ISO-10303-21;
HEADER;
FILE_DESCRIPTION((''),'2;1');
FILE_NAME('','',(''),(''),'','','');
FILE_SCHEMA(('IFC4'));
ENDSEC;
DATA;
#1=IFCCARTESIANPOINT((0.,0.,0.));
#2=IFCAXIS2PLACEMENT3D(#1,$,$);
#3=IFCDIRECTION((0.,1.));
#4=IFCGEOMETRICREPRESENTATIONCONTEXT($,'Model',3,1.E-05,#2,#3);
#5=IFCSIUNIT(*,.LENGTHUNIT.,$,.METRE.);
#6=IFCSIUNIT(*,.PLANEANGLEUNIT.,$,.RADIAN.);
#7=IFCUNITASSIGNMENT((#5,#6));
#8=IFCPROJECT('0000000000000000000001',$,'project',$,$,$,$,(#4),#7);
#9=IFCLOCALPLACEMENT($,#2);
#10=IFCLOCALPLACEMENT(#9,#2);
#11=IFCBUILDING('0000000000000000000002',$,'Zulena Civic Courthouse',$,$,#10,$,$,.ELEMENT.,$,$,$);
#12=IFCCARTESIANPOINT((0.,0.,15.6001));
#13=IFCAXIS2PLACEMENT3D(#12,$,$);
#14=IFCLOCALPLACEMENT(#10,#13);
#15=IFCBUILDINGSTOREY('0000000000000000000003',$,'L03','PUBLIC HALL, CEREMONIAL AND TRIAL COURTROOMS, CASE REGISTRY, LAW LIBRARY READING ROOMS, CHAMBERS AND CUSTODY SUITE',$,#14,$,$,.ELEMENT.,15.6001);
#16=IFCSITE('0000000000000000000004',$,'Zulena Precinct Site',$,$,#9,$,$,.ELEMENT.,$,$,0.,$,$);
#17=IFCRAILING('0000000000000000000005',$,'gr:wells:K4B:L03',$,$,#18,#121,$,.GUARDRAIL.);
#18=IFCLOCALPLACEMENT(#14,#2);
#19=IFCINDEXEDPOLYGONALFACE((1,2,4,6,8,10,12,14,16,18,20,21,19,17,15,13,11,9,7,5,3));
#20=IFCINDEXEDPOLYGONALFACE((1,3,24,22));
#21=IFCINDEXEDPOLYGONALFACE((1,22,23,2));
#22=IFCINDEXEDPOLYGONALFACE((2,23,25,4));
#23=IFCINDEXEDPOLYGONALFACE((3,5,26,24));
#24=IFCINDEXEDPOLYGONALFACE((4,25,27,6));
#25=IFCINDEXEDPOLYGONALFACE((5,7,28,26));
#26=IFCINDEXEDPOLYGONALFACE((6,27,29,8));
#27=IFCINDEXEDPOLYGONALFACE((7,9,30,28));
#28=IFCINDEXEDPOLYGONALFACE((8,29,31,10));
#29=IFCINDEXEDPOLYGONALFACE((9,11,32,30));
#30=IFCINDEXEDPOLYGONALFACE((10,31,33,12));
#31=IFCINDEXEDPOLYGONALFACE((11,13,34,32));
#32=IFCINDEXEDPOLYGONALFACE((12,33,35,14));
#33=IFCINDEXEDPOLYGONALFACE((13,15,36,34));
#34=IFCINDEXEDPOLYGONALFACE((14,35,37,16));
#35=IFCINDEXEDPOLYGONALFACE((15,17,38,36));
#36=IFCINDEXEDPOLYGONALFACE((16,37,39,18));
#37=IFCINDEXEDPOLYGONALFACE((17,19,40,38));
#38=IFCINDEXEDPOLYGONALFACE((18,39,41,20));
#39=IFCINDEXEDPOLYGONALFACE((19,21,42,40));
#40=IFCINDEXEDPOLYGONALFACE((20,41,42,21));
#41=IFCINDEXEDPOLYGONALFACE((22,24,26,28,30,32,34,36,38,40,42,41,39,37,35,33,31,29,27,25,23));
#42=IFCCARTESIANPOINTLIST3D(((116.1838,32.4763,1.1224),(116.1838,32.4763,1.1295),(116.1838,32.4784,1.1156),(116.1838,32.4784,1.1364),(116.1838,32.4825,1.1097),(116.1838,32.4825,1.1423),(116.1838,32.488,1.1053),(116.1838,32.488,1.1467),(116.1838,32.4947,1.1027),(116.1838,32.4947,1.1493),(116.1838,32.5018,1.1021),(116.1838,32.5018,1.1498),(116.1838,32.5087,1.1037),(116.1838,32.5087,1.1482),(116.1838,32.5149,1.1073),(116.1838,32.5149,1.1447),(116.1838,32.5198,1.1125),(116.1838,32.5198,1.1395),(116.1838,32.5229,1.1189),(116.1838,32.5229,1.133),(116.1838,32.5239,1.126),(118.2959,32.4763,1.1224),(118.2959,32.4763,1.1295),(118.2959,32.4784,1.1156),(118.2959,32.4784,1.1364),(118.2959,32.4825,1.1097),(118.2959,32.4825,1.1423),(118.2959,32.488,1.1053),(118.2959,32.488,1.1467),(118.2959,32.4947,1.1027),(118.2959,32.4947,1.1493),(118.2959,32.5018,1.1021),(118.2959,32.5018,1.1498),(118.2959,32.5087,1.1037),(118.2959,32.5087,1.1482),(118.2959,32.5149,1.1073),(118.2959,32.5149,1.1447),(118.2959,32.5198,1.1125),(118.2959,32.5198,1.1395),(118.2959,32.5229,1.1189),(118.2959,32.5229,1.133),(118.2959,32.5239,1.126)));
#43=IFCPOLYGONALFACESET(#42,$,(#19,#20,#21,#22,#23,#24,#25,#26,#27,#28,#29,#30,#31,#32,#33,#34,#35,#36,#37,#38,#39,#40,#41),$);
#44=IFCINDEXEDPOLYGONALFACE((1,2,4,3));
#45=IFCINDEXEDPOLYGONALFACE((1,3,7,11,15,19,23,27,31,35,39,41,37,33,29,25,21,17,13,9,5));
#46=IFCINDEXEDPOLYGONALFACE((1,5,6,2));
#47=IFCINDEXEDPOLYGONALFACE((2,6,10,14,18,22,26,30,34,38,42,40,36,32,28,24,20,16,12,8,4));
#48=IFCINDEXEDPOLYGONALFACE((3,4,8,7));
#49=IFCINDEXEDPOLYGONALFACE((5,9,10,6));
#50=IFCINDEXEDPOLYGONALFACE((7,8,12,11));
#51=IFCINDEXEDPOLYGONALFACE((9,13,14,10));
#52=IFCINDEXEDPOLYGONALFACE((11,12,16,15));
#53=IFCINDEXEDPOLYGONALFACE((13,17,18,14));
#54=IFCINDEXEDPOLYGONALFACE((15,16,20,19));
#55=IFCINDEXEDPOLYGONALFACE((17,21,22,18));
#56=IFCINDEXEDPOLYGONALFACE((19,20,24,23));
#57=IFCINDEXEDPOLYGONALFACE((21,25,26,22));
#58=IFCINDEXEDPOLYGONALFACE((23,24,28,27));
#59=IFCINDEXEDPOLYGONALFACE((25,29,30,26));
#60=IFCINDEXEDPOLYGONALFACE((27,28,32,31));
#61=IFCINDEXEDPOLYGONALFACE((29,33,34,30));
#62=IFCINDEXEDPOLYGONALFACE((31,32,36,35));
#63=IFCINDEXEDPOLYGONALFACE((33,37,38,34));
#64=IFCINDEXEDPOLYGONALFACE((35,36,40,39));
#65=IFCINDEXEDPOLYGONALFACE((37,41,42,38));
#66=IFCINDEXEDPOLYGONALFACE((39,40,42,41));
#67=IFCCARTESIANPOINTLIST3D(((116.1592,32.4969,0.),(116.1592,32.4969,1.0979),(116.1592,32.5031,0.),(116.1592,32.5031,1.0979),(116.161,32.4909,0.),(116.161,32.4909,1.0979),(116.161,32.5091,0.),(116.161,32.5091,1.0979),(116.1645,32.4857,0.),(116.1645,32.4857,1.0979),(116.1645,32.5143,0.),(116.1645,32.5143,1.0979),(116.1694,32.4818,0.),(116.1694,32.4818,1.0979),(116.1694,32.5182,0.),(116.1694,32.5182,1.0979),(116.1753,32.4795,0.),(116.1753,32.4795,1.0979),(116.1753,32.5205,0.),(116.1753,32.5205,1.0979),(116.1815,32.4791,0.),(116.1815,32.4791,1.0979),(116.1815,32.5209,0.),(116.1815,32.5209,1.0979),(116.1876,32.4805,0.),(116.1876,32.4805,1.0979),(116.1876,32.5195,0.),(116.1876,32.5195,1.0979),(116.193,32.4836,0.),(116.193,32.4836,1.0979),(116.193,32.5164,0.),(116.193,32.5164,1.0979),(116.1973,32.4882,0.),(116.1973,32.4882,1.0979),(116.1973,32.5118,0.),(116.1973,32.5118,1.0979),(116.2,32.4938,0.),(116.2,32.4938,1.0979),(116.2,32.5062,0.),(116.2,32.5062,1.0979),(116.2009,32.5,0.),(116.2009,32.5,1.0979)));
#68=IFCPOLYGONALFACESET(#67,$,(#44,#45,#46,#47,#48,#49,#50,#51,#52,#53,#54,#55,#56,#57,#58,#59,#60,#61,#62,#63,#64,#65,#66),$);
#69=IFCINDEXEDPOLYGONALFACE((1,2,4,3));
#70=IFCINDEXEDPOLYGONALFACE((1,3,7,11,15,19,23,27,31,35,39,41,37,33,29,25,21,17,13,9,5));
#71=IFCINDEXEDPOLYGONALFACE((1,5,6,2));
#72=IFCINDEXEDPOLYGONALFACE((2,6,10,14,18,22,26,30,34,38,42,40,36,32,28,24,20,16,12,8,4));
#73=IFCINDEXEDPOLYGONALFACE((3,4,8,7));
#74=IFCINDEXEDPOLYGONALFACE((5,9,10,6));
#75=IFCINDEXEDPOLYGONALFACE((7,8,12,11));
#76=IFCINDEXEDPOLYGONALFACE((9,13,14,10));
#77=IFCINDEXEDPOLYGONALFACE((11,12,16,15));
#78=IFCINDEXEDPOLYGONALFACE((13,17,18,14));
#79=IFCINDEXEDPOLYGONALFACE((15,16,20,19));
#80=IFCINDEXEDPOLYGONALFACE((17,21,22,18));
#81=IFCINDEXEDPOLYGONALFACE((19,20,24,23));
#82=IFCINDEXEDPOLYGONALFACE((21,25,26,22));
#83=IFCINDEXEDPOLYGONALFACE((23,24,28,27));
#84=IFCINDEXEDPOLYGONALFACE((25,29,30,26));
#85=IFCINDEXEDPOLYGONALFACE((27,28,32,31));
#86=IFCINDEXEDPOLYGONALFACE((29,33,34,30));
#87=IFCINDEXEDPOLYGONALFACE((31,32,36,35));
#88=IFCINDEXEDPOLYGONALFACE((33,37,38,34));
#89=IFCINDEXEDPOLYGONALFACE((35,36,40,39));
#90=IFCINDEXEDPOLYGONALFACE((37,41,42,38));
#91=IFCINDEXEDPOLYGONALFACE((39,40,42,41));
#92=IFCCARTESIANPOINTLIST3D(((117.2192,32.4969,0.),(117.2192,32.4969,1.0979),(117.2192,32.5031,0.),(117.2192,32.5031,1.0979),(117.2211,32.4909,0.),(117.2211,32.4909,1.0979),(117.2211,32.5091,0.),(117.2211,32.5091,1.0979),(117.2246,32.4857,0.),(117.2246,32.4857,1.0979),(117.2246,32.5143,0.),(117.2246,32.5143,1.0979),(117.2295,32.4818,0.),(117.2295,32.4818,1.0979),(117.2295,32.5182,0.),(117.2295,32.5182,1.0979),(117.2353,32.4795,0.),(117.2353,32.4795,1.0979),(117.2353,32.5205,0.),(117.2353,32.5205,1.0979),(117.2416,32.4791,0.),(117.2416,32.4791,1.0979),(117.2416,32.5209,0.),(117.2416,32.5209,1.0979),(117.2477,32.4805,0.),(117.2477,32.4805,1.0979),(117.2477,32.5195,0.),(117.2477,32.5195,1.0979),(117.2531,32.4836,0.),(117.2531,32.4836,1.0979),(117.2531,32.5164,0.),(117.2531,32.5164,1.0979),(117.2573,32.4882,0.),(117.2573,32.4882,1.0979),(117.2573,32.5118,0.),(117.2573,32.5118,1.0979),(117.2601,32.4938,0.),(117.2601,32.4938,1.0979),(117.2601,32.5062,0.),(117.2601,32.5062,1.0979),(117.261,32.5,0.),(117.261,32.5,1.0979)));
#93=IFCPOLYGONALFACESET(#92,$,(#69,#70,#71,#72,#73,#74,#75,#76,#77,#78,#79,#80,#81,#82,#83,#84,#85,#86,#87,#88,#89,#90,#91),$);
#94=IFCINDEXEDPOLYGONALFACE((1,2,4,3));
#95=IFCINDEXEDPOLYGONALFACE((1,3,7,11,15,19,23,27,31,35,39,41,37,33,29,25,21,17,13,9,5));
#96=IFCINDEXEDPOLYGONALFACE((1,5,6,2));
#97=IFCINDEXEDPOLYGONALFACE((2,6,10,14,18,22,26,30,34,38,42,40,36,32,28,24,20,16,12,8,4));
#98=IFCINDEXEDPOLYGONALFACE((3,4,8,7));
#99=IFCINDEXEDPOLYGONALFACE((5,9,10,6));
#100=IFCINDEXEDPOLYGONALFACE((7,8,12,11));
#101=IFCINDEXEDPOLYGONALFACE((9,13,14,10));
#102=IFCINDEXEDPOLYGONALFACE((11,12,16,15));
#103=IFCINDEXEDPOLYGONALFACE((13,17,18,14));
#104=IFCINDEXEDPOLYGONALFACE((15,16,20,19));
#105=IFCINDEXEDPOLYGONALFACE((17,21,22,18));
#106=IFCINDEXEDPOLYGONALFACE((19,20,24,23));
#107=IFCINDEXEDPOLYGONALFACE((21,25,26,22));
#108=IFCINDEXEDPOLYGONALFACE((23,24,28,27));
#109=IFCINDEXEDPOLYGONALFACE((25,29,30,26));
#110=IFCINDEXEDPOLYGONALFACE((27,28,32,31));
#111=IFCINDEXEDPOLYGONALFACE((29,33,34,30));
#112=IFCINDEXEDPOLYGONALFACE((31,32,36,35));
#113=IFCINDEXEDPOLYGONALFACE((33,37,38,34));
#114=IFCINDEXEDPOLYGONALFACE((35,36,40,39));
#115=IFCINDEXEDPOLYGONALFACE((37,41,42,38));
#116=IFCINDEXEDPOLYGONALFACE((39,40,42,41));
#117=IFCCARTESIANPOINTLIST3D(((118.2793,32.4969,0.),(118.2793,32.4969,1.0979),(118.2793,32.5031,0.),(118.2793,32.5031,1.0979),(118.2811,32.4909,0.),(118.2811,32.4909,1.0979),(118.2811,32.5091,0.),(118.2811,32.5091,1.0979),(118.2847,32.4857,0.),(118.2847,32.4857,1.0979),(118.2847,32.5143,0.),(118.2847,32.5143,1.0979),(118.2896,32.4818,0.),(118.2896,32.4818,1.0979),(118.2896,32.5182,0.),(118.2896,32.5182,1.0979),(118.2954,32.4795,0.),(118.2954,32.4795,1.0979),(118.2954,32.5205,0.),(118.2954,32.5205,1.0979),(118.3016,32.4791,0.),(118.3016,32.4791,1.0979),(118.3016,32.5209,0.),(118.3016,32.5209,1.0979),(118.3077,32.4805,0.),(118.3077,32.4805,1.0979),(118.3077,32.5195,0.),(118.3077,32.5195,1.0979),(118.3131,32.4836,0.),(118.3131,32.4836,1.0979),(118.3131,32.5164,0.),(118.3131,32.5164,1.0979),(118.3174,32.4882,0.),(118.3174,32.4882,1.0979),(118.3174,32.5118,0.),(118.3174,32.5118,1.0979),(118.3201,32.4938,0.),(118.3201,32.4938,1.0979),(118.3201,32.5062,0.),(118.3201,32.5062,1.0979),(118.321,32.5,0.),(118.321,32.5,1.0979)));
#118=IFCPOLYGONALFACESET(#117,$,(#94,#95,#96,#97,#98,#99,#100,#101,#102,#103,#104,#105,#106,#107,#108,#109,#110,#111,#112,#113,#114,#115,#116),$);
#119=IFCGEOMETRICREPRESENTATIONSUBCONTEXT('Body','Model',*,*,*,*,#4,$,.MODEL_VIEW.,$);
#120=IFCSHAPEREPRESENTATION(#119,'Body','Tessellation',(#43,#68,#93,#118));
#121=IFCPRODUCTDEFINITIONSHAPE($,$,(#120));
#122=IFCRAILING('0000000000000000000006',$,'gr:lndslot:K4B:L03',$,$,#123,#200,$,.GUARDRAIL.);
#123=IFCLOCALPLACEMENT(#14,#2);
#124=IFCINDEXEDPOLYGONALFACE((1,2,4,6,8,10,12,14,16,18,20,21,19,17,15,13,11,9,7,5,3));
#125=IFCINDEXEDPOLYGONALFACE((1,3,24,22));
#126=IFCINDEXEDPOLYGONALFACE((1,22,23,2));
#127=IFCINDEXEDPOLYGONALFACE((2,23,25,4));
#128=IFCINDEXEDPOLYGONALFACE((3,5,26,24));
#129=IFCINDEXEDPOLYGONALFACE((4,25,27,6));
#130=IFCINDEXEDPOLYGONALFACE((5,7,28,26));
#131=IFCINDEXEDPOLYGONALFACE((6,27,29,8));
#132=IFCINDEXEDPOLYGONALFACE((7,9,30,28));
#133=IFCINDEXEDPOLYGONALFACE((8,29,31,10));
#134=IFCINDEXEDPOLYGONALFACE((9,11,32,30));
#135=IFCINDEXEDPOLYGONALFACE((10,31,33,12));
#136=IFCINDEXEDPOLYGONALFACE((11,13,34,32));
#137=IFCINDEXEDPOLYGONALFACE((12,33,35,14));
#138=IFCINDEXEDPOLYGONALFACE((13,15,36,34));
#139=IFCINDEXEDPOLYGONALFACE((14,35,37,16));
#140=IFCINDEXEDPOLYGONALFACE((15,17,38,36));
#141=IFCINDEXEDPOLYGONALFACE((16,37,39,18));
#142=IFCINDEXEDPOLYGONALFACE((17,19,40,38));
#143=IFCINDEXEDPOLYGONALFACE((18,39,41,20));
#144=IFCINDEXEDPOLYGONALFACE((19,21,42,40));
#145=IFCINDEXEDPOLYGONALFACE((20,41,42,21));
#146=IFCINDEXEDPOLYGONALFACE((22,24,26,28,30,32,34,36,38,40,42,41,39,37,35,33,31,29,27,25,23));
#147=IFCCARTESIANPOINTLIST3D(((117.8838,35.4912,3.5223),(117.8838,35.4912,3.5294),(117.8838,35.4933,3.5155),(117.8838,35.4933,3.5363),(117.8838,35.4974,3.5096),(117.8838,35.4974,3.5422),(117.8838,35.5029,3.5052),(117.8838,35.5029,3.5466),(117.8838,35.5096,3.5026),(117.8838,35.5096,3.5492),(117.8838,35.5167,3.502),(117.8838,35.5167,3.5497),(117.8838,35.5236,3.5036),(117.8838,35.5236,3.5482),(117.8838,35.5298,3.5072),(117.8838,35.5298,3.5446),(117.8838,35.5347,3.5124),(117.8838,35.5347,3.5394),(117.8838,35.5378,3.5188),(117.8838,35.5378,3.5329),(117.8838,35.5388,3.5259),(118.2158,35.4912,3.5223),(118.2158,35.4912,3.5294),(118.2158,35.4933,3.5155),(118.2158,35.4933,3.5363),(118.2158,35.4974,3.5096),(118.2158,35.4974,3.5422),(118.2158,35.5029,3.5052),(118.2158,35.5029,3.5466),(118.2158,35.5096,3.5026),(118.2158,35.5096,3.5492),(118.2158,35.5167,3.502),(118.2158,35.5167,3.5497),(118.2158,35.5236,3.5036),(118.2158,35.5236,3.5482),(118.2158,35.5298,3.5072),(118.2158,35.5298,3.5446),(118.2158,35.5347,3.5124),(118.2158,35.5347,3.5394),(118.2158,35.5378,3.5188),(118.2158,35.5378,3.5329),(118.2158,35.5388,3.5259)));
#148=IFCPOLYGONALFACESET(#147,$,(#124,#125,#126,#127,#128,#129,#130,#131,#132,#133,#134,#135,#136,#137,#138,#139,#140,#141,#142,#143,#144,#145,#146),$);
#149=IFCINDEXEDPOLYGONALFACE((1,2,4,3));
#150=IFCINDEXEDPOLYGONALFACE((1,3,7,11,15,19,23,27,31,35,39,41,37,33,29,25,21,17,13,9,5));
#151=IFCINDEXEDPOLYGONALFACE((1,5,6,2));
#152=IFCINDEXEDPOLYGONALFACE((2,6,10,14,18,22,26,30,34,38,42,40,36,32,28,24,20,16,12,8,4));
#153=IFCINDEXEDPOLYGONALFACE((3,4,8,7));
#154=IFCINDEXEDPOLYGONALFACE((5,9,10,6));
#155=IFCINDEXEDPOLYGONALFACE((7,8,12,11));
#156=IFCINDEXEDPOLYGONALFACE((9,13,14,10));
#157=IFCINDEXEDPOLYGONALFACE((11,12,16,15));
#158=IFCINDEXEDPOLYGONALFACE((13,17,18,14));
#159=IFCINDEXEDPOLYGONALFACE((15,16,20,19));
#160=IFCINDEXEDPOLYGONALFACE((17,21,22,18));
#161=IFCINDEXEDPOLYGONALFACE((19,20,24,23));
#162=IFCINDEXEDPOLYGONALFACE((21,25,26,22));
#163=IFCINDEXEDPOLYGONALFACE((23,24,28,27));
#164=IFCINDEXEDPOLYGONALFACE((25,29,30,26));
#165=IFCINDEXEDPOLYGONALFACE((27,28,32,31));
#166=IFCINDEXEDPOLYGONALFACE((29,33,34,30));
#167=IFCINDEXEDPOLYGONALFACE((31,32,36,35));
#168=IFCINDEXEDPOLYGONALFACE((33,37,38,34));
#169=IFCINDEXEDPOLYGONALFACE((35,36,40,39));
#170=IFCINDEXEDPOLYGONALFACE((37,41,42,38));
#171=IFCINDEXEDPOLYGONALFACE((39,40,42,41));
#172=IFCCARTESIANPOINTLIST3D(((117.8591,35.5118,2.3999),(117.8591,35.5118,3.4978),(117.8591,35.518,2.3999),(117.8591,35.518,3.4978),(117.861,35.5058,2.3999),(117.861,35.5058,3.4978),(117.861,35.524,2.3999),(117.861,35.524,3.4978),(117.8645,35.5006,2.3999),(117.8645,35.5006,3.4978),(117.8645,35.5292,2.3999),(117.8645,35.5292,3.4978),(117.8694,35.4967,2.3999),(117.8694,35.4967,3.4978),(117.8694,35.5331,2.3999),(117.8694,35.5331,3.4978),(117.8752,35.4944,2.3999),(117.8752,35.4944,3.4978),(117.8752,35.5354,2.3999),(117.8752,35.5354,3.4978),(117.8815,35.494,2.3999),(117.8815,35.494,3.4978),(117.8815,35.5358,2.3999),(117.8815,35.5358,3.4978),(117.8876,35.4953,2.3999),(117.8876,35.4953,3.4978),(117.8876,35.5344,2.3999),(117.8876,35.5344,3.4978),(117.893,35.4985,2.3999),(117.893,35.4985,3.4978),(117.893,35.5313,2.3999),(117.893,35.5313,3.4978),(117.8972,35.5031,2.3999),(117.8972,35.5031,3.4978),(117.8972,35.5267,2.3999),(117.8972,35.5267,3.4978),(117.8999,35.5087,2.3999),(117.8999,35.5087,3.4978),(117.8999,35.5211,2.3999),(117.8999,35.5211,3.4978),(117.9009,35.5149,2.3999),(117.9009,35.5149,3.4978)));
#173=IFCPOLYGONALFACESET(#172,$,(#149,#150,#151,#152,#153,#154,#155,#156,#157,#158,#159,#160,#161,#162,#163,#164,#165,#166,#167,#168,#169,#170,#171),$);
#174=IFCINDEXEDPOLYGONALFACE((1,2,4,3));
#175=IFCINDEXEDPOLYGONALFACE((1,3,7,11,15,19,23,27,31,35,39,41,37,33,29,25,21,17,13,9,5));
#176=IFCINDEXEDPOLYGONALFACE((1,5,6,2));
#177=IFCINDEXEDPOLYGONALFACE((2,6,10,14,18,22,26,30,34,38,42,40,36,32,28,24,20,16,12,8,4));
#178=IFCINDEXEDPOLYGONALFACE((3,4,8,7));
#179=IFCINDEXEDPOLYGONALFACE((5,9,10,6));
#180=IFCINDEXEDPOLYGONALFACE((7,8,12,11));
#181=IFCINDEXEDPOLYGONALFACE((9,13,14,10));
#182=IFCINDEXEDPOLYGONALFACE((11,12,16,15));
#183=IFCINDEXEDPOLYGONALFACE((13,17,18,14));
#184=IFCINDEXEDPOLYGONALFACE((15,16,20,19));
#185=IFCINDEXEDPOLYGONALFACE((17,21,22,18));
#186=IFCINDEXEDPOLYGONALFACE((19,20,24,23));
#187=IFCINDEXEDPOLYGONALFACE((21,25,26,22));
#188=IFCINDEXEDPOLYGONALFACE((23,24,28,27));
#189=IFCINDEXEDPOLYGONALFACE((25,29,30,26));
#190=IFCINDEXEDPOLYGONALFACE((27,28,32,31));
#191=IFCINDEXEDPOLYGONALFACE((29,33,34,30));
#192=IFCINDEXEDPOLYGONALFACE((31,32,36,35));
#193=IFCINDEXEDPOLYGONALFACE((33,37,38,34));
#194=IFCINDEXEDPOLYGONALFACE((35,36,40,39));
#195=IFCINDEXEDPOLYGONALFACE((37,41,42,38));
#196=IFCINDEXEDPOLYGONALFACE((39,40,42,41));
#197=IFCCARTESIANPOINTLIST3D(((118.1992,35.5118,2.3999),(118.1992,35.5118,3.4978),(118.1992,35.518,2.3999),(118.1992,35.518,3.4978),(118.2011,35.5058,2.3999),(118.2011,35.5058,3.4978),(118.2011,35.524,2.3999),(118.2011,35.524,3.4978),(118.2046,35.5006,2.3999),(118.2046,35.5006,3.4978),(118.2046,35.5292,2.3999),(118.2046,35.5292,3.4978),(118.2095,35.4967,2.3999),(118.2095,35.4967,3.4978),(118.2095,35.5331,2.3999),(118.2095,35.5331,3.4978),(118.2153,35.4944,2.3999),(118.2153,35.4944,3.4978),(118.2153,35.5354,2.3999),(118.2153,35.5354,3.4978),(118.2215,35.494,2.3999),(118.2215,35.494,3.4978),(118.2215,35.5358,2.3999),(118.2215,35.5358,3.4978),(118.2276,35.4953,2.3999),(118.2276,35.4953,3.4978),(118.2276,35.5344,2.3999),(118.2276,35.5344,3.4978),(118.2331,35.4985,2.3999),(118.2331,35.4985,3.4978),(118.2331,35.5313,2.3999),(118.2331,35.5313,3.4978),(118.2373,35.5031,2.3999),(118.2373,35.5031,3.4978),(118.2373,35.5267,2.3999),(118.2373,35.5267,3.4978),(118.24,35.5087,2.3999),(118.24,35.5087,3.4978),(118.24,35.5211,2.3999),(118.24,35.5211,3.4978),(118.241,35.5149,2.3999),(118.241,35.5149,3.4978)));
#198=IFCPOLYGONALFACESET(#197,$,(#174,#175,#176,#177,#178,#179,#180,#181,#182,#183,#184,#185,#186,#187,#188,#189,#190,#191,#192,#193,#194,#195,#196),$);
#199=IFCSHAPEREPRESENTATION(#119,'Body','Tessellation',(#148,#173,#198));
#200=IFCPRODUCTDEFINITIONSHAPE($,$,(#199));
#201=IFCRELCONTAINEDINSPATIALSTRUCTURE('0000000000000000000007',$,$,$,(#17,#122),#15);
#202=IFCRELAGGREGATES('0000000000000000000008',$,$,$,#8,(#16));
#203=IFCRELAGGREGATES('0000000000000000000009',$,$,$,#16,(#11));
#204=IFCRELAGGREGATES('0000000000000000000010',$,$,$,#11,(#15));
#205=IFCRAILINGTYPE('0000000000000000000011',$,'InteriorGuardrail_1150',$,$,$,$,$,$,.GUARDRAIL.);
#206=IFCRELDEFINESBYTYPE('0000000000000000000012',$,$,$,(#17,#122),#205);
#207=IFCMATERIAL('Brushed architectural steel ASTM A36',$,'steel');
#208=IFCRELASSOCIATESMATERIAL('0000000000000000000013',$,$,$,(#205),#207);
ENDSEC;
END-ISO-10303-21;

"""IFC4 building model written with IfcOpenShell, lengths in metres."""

from ifc_helpers import new_model, si_unit, direction, frame, origin, origin_2d, place, context, subcontext, project, spatial, circle, extrude, material, type_object, element, save


model = new_model("IFC4")

# Units and contexts
model_context = context("Model", 3, precision=1e-05, world=origin(), true_north=direction((0.0, 1.0)))
body_context = subcontext(model_context, "Body", "Model", "MODEL_VIEW")
ifc_project = project(units=[si_unit("LENGTHUNIT", "METRE"), si_unit("PLANEANGLEUNIT", "RADIAN")], contexts=[model_context])

# Site, building, storey
site_placement = place(None, origin())
site = spatial("IfcSite", under=ifc_project, at=site_placement, Name="Zulena Precinct Site", CompositionType="ELEMENT", RefElevation=0.0)
building_placement = place(site_placement, origin())
building = spatial("IfcBuilding", under=site, at=building_placement, Name="Zulena Civic Courthouse", CompositionType="ELEMENT")
storey_placement = place(building_placement, frame((0.0, 0.0, 15.6001)))
storey = spatial("IfcBuildingStorey", under=building, at=storey_placement, Name="L03", Description="PUBLIC HALL, CEREMONIAL AND TRIAL COURTROOMS, CASE REGISTRY, LAW LIBRARY READING ROOMS, CHAMBERS AND CUSTODY SUITE", CompositionType="ELEMENT", Elevation=15.6001)

# Railings
ifc_material_1 = material(Name="Brushed architectural steel ASTM A36", Category="steel")
railing_type_1 = type_object("IfcRailingType", Name="InteriorGuardrail_1150", PredefinedType="GUARDRAIL", material=ifc_material_1)
railing_1_placement = place(storey_placement, frame((116.1799, 32.5, 0.0)))
element("IfcRailing", 1, at=railing_1_placement, inside=storey, type_object=railing_type_1, Name="gr:wells:K4B:L03", PredefinedType="GUARDRAIL", context=body_context, shape_type="SweptSolid", body=[
    extrude(circle(Radius=0.0239, at=origin_2d()), frame((0.0039, 0.0, 1.126), z_axis=(1.0, 0.0, 0.0), x_axis=(0.0, 1.0, 0.0)), (0.0, 0.0, 1.0), 2.1121),
    extrude(circle(Radius=0.021, at=origin_2d()), origin(), (0.0, 0.0, 1.0), 1.0979),
    extrude(circle(Radius=0.021, at=origin_2d()), frame((1.0601, 0.0, 0.0)), (0.0, 0.0, 1.0), 1.0979),
    extrude(circle(Radius=0.021, at=origin_2d()), frame((2.1201, 0.0, 0.0)), (0.0, 0.0, 1.0), 1.0979),
])
railing_2_placement = place(storey_placement, frame((117.8799, 35.5149, 2.3999)))
element("IfcRailing", 2, at=railing_2_placement, inside=storey, type_object=railing_type_1, Name="gr:lndslot:K4B:L03", PredefinedType="GUARDRAIL", context=body_context, shape_type="SweptSolid", body=[
    extrude(circle(Radius=0.0239, at=origin_2d()), frame((0.0039, 0.0, 1.126), z_axis=(1.0, 0.0, 0.0), x_axis=(0.0, 1.0, 0.0)), (0.0, 0.0, 1.0), 0.332),
    extrude(circle(Radius=0.021, at=origin_2d()), origin(), (0.0, 0.0, 1.0), 1.0979),
    extrude(circle(Radius=0.021, at=origin_2d()), frame((0.3401, 0.0, 0.0)), (0.0, 0.0, 1.0), 1.0979),
])

save(model, "model.ifc")
